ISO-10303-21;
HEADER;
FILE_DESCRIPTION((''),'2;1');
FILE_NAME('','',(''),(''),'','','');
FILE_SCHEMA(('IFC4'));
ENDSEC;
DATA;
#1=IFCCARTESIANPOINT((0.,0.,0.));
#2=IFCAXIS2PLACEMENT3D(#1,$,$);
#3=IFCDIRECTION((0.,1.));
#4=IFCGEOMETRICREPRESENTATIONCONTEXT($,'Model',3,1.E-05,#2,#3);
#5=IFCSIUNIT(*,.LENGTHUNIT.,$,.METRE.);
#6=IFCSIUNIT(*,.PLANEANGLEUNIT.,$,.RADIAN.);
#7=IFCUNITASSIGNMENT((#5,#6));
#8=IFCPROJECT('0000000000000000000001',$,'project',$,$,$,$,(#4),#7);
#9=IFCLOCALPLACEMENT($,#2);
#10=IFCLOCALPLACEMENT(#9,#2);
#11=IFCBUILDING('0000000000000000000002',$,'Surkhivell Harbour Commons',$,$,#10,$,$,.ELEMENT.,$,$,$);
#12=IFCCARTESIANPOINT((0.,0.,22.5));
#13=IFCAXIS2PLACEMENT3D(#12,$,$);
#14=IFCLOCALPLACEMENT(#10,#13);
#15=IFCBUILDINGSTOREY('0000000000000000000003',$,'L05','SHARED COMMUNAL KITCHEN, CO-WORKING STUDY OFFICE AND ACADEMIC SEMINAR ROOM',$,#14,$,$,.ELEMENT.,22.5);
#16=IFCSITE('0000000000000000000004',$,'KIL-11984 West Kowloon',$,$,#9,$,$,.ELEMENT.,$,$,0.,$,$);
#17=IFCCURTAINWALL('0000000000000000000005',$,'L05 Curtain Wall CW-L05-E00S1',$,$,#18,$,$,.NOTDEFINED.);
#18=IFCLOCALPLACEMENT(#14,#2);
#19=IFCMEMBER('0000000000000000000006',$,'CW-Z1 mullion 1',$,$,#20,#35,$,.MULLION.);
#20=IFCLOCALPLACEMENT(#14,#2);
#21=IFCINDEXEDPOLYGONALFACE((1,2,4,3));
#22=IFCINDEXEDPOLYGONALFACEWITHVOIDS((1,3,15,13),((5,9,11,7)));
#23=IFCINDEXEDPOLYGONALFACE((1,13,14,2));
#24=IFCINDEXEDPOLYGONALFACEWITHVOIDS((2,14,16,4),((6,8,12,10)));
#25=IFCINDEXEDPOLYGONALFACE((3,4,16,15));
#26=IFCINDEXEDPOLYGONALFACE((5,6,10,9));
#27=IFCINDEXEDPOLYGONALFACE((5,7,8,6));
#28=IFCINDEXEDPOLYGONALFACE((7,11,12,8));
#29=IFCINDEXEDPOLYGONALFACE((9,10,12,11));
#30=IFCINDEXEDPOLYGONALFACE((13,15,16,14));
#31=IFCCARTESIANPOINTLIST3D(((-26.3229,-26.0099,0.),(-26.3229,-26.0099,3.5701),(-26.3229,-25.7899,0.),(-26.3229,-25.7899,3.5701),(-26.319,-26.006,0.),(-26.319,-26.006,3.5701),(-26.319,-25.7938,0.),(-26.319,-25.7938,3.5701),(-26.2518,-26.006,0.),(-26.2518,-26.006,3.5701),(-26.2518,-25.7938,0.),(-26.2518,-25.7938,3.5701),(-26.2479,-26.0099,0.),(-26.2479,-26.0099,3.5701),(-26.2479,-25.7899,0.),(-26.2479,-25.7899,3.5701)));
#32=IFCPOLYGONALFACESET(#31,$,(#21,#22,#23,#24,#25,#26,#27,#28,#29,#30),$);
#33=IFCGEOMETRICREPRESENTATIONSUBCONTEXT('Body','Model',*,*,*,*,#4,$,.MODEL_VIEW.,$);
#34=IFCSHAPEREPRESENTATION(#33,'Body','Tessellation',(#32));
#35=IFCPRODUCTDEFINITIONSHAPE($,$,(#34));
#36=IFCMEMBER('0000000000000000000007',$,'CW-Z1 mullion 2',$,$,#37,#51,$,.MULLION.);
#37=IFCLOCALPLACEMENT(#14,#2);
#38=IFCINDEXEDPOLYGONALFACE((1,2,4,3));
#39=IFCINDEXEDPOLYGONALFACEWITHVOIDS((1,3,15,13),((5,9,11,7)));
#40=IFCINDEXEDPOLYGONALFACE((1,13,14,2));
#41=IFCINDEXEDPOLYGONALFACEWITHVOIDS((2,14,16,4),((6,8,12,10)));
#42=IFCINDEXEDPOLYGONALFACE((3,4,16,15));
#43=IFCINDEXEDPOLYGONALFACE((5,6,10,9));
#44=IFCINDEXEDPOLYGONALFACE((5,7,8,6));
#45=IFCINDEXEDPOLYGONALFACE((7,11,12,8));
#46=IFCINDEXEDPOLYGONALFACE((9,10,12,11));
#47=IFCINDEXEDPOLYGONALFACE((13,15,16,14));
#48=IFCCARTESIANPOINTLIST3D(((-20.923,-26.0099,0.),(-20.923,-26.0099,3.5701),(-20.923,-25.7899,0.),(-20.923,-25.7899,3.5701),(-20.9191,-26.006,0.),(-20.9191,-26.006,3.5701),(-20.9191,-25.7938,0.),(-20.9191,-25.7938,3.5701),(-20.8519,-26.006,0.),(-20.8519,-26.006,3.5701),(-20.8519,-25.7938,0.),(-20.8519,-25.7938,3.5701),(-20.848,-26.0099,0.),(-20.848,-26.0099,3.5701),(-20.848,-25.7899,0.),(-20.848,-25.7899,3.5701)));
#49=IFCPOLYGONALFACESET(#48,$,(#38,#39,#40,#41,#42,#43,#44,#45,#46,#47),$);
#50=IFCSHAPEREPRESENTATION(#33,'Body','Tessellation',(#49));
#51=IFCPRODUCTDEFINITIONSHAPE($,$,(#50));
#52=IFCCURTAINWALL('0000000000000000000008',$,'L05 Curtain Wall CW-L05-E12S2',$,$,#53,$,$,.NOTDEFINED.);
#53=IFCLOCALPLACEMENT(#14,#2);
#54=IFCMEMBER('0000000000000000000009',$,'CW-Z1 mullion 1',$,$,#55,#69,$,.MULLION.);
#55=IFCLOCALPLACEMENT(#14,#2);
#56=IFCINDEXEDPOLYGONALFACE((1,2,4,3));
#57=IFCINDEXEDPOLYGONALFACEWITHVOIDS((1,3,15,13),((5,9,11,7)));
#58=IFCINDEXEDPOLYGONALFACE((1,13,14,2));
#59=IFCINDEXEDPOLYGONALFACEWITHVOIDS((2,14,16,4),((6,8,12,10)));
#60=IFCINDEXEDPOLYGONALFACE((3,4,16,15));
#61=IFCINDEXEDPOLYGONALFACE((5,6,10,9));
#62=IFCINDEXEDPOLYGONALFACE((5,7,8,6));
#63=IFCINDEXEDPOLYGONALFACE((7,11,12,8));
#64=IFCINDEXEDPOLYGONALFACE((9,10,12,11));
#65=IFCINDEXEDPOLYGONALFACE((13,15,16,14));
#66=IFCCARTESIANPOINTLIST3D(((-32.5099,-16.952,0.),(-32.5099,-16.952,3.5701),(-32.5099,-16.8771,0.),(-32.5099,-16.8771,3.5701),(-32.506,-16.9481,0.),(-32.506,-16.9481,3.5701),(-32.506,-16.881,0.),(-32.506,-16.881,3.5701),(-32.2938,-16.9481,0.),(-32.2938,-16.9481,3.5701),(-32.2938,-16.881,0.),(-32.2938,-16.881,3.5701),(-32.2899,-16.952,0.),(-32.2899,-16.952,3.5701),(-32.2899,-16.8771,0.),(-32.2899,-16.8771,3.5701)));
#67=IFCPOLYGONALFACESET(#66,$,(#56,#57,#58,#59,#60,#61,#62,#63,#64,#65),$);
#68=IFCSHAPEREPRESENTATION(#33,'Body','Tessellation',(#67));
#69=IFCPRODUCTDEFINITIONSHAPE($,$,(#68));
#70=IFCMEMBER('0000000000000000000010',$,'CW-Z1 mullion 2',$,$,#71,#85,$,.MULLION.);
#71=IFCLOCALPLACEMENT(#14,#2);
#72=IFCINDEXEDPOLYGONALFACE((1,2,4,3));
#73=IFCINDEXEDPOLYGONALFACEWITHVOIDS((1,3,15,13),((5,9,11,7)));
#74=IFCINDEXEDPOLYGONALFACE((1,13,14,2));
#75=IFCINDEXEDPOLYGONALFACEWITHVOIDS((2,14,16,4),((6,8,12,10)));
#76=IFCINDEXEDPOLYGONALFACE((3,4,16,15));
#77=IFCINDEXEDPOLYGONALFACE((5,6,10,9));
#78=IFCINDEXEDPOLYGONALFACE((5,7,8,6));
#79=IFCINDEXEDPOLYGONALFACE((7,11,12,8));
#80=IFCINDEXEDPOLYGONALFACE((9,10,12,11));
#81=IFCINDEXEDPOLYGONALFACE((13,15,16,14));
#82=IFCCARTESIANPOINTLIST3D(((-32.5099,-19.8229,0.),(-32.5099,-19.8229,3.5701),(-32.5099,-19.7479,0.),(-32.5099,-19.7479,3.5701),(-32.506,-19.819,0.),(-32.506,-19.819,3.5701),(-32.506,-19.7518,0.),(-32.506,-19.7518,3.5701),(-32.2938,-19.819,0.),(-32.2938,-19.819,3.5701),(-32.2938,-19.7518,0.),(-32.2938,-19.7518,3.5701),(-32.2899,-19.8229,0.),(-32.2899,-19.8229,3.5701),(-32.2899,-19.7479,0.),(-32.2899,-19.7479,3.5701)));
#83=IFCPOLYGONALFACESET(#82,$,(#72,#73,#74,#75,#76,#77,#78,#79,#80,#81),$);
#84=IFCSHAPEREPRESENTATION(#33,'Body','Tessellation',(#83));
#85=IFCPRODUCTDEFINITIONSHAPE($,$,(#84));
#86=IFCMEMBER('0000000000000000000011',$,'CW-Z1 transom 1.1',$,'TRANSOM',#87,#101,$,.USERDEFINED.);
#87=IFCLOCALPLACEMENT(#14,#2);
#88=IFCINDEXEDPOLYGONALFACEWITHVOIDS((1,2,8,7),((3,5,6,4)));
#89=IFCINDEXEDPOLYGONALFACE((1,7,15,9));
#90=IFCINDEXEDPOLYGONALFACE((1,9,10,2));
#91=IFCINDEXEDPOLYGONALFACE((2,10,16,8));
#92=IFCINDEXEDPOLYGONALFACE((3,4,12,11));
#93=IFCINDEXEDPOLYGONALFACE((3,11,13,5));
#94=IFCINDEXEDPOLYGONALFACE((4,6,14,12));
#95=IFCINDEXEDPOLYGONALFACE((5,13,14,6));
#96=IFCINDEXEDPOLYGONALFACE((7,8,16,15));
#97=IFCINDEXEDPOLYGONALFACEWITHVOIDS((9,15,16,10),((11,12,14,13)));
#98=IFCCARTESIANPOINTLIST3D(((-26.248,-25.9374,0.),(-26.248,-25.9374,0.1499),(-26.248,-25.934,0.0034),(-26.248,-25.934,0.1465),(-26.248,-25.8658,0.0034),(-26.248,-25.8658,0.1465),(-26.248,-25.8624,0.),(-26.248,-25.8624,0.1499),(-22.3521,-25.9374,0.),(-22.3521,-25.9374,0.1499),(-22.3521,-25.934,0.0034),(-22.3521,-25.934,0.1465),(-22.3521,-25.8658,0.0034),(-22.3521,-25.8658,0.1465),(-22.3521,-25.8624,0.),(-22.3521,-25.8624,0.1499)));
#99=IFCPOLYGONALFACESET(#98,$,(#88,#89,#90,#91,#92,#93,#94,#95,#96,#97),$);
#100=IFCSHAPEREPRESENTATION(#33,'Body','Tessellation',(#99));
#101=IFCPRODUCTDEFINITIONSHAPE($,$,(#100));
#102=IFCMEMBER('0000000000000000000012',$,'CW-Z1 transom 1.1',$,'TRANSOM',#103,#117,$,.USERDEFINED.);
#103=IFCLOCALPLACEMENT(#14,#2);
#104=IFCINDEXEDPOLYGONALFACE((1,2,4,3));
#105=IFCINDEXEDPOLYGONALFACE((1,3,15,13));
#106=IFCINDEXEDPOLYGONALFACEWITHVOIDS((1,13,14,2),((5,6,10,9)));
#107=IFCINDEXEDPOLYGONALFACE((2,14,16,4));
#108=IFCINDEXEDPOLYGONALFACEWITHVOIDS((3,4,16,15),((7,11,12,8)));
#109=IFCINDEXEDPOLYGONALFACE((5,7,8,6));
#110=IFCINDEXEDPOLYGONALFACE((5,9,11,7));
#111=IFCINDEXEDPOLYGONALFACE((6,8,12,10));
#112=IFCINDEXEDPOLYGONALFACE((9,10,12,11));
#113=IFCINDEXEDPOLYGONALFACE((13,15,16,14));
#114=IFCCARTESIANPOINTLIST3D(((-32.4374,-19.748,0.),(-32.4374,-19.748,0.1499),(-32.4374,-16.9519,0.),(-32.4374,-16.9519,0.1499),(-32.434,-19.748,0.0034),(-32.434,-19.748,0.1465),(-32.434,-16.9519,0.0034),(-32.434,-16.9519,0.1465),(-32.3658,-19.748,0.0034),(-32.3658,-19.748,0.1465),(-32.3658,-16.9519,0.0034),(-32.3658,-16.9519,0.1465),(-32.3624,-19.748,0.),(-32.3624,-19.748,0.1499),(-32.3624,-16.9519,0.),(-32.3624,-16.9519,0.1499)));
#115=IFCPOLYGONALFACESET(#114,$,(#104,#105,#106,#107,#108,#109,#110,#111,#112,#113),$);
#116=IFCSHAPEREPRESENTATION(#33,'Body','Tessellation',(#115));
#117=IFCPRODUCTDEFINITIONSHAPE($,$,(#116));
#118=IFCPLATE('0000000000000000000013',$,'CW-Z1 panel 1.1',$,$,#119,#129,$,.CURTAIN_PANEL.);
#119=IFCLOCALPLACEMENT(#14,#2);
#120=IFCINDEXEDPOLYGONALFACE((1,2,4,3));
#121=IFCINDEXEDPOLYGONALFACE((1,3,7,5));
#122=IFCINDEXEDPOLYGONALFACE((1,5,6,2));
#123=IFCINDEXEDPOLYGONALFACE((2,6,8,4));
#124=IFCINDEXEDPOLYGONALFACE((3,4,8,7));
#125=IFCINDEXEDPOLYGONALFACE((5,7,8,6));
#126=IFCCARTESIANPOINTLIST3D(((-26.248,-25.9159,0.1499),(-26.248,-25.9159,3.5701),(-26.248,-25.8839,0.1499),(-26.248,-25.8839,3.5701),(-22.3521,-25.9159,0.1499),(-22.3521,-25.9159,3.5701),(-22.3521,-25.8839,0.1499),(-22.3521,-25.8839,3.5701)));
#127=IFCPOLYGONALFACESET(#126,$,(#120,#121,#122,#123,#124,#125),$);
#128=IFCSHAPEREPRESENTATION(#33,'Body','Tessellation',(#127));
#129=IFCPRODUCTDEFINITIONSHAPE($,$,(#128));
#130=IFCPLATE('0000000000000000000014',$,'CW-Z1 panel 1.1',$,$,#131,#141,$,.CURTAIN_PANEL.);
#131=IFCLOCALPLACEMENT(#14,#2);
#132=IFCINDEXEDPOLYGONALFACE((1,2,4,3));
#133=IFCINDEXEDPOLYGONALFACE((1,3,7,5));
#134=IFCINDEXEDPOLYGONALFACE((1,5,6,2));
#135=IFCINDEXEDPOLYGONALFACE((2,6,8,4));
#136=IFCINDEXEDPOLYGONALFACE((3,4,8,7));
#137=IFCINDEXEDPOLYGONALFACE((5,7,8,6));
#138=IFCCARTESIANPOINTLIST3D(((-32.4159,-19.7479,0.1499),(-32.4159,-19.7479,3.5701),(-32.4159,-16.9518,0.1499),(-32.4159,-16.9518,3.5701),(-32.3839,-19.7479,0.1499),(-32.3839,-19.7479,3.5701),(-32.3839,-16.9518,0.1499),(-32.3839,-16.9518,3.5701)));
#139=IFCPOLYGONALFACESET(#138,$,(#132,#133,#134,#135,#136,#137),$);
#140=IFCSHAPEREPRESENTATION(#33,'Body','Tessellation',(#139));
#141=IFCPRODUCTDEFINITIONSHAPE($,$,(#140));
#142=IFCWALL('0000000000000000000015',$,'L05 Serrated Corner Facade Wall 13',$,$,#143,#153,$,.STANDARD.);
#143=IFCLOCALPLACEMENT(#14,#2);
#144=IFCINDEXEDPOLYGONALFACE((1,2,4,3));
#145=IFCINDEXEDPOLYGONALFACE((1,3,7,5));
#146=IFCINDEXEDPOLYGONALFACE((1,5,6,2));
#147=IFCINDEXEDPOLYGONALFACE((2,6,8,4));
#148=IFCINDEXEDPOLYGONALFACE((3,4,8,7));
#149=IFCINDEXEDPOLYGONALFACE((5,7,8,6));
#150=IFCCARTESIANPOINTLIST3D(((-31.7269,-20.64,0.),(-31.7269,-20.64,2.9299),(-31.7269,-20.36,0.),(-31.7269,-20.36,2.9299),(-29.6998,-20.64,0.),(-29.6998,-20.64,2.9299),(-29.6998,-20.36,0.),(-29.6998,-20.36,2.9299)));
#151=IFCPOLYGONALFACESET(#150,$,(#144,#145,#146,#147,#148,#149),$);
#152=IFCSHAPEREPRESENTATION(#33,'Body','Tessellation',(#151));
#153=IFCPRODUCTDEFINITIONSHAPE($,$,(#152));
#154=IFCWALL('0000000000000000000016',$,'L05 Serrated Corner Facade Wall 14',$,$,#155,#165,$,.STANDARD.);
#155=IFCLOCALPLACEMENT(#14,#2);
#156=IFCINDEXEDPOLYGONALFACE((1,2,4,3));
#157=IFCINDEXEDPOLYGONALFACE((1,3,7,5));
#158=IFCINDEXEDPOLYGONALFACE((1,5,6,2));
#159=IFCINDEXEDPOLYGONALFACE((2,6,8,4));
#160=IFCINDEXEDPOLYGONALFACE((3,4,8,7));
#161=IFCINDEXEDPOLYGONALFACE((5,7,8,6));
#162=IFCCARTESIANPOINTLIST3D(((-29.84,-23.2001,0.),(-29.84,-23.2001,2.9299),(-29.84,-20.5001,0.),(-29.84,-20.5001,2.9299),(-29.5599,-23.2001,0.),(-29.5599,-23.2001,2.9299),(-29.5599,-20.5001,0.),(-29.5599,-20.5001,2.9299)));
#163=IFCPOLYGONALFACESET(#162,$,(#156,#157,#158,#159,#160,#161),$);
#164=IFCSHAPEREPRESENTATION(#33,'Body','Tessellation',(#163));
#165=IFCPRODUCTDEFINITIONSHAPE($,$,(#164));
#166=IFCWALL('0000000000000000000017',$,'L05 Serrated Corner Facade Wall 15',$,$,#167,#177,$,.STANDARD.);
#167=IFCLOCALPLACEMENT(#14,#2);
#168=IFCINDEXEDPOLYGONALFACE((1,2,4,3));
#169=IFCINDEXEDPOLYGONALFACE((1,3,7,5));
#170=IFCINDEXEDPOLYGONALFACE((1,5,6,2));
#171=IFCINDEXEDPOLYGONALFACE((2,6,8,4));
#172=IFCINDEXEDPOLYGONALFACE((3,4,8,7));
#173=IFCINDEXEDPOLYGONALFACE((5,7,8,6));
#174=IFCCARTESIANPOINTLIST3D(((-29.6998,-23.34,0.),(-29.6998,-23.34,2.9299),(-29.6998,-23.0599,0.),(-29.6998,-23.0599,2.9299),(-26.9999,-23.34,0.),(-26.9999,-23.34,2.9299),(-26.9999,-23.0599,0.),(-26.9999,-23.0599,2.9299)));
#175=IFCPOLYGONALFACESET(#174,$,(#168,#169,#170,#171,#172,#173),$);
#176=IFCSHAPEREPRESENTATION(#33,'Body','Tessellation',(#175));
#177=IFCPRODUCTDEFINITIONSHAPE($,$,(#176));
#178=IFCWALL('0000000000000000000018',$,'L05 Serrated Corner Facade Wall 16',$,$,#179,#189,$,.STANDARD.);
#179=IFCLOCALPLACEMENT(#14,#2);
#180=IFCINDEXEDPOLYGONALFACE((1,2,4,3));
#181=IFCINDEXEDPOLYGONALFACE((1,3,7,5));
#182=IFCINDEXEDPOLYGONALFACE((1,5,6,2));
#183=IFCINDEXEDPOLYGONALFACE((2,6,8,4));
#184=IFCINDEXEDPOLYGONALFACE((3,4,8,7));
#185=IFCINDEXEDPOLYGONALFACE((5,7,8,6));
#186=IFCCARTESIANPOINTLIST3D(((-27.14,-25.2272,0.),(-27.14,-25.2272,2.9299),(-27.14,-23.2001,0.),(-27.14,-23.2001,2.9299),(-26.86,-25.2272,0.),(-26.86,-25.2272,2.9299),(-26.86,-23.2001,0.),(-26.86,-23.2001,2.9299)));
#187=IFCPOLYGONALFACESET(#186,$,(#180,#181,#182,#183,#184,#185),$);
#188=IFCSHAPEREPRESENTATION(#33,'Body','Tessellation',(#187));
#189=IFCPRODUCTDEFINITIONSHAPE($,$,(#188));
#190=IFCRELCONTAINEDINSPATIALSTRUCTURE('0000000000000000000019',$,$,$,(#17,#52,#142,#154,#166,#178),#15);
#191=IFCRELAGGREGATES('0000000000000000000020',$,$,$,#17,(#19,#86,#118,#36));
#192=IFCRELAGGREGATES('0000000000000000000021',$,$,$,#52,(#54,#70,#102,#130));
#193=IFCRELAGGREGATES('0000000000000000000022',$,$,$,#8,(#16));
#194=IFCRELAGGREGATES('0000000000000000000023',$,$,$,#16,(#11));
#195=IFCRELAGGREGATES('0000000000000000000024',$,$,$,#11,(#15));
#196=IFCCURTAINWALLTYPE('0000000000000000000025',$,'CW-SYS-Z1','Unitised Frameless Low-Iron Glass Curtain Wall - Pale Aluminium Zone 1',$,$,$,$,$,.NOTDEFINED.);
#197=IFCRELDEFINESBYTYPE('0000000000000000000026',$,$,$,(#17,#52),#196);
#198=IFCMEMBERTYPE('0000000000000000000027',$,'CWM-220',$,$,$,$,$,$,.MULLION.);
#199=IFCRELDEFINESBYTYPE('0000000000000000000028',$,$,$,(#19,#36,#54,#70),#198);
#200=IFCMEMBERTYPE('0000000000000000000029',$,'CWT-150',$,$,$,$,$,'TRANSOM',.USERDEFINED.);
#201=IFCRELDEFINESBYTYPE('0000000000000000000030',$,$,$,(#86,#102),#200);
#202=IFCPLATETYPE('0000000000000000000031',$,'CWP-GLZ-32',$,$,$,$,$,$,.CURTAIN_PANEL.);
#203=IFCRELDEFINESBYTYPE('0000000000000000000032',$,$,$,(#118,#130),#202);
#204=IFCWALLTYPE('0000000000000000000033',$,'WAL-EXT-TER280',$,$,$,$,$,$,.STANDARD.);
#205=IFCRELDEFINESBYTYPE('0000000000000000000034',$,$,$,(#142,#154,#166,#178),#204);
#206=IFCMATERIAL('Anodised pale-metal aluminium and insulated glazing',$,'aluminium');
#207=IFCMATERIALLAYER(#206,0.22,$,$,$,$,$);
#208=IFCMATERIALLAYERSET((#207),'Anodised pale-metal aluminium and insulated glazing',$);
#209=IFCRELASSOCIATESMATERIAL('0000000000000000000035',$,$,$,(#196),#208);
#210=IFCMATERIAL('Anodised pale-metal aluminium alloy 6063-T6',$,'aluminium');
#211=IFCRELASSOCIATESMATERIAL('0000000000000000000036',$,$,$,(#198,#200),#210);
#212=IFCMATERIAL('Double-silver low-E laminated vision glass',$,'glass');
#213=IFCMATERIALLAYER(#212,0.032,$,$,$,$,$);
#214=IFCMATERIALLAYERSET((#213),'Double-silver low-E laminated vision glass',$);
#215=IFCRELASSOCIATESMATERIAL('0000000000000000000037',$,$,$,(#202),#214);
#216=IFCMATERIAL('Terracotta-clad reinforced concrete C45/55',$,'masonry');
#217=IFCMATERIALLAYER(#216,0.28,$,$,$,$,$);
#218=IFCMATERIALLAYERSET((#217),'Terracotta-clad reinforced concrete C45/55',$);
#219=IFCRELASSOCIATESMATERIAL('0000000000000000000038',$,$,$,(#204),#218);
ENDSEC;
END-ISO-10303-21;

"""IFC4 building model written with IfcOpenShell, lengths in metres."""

from ifc_helpers import new_model, si_unit, direction, frame, frame_2d, origin, origin_2d, place, context, subcontext, project, spatial, rectangle, hollow_rectangle, extrude, material, layer, layer_set, material_profile, profile_set, type_object, element, aggregate, save


model = new_model("IFC4")

# Units and contexts
model_context = context("Model", 3, precision=1e-05, world=origin(), true_north=direction((0.0, 1.0)))
body_context = subcontext(model_context, "Body", "Model", "MODEL_VIEW")
ifc_project = project(units=[si_unit("LENGTHUNIT", "METRE"), si_unit("PLANEANGLEUNIT", "RADIAN")], contexts=[model_context])

# Site, building, storey
site_placement = place(None, origin())
site = spatial("IfcSite", under=ifc_project, at=site_placement, Name="KIL-11984 West Kowloon", CompositionType="ELEMENT", RefElevation=0.0)
building_placement = place(site_placement, origin())
building = spatial("IfcBuilding", under=site, at=building_placement, Name="Surkhivell Harbour Commons", CompositionType="ELEMENT")
storey_placement = place(building_placement, frame((0.0, 0.0, 22.5)))
storey = spatial("IfcBuildingStorey", under=building, at=storey_placement, Name="L05", Description="SHARED COMMUNAL KITCHEN, CO-WORKING STUDY OFFICE AND ACADEMIC SEMINAR ROOM", CompositionType="ELEMENT", Elevation=22.5)

# Curtain walls, members
ifc_material_1 = material(Name="Anodised pale-metal aluminium and insulated glazing", Category="aluminium")
ifc_layer_1 = layer(ifc_material_1, 0.22)
ifc_layer_set_1 = layer_set([ifc_layer_1], Name="Anodised pale-metal aluminium and insulated glazing")
curtain_wall_type = type_object("IfcCurtainWallType", Name="CW-SYS-Z1", Description="Unitised Frameless Low-Iron Glass Curtain Wall - Pale Aluminium Zone 1", PredefinedType="NOTDEFINED", material=ifc_layer_set_1)
curtain_wall_1_placement = place(storey_placement, origin())
curtain_wall_1 = element("IfcCurtainWall", 1, at=curtain_wall_1_placement, inside=storey, type_object=curtain_wall_type, Name="L05 Curtain Wall CW-L05-E00S1", PredefinedType="NOTDEFINED")
ifc_material_2 = material(Name="Anodised pale-metal aluminium alloy 6063-T6", Category="aluminium")
ifc_material_profile_1 = material_profile(ifc_material_2, hollow_rectangle(XDim=0.075, YDim=0.22, WallThickness=0.0039, at=origin_2d()), Name="ALU-MULL-75x220")
ifc_profile_set_1 = profile_set([ifc_material_profile_1], Name="Anodised pale-metal aluminium alloy 6063-T6")
member_type_1 = type_object("IfcMemberType", Name="CWM-220", PredefinedType="MULLION", material=ifc_profile_set_1)
member_1_placement = place(storey_placement, frame((-26.2854, -25.8999, 0.0), z_axis=(0.0, 0.0, 1.0), x_axis=(1.0, 0.0, 0.0)))
member_1 = element("IfcMember", 2, at=member_1_placement, type_object=member_type_1, Name="CW-Z1 mullion 1", PredefinedType="MULLION", context=body_context, shape_type="SweptSolid", body=[
    extrude(hollow_rectangle(XDim=0.075, YDim=0.22, WallThickness=0.0039, at=origin_2d()), origin(), (0.0, 0.0, 1.0), 3.5701),
])
member_2_placement = place(storey_placement, frame((-20.8855, -25.8999, 0.0), z_axis=(0.0, 0.0, 1.0), x_axis=(1.0, 0.0, 0.0)))
member_2 = element("IfcMember", 3, at=member_2_placement, type_object=member_type_1, Name="CW-Z1 mullion 2", PredefinedType="MULLION", context=body_context, shape_type="SweptSolid", body=[
    extrude(hollow_rectangle(XDim=0.075, YDim=0.22, WallThickness=0.0039, at=origin_2d()), origin(), (0.0, 0.0, 1.0), 3.5701),
])
curtain_wall_2_placement = place(storey_placement, origin())
curtain_wall_2 = element("IfcCurtainWall", 4, at=curtain_wall_2_placement, inside=storey, type_object=curtain_wall_type, Name="L05 Curtain Wall CW-L05-E12S2", PredefinedType="NOTDEFINED")
member_3_placement = place(storey_placement, frame((-32.3999, -16.9146, 0.0), z_axis=(0.0, 0.0, 1.0), x_axis=(0.0, -1.0, 0.0)))
member_3 = element("IfcMember", 5, at=member_3_placement, type_object=member_type_1, Name="CW-Z1 mullion 1", PredefinedType="MULLION", context=body_context, shape_type="SweptSolid", body=[
    extrude(hollow_rectangle(XDim=0.075, YDim=0.22, WallThickness=0.0039, at=origin_2d()), origin(), (0.0, 0.0, 1.0), 3.5701),
])
member_4_placement = place(storey_placement, frame((-32.3999, -19.7854, 0.0), z_axis=(0.0, 0.0, 1.0), x_axis=(0.0, -1.0, 0.0)))
member_4 = element("IfcMember", 6, at=member_4_placement, type_object=member_type_1, Name="CW-Z1 mullion 2", PredefinedType="MULLION", context=body_context, shape_type="SweptSolid", body=[
    extrude(hollow_rectangle(XDim=0.075, YDim=0.22, WallThickness=0.0039, at=origin_2d()), origin(), (0.0, 0.0, 1.0), 3.5701),
])

# Members
ifc_material_profile_2 = material_profile(ifc_material_2, hollow_rectangle(XDim=0.075, YDim=0.1499, WallThickness=0.0034, at=origin_2d()), Name="ALU-TRAN-75x150")
ifc_profile_set_2 = profile_set([ifc_material_profile_2], Name="Anodised pale-metal aluminium alloy 6063-T6")
member_type_2 = type_object("IfcMemberType", Name="CWT-150", ElementType="TRANSOM", PredefinedType="USERDEFINED", material=ifc_profile_set_2)
member_5_placement = place(storey_placement, frame((-26.248, -25.8999, 0.075), z_axis=(1.0, 0.0, 0.0), x_axis=(0.0, 1.0, 0.0)))
member_5 = element("IfcMember", 7, at=member_5_placement, type_object=member_type_2, Name="CW-Z1 transom 1.1", ObjectType="TRANSOM", PredefinedType="USERDEFINED", context=body_context, shape_type="SweptSolid", body=[
    extrude(hollow_rectangle(XDim=0.075, YDim=0.1499, WallThickness=0.0034, at=origin_2d()), origin(), (0.0, 0.0, 1.0), 3.896),
])
member_6_placement = place(storey_placement, frame((-32.3999, -16.9519, 0.075), z_axis=(0.0, -1.0, 0.0), x_axis=(1.0, 0.0, 0.0)))
member_6 = element("IfcMember", 8, at=member_6_placement, type_object=member_type_2, Name="CW-Z1 transom 1.1", ObjectType="TRANSOM", PredefinedType="USERDEFINED", context=body_context, shape_type="SweptSolid", body=[
    extrude(hollow_rectangle(XDim=0.075, YDim=0.1499, WallThickness=0.0034, at=origin_2d()), origin(), (0.0, 0.0, 1.0), 2.7961),
])

# Plates
ifc_material_3 = material(Name="Double-silver low-E laminated vision glass", Category="glass")
ifc_layer_2 = layer(ifc_material_3, 0.032)
ifc_layer_set_2 = layer_set([ifc_layer_2], Name="Double-silver low-E laminated vision glass")
plate_type = type_object("IfcPlateType", Name="CWP-GLZ-32", PredefinedType="CURTAIN_PANEL", material=ifc_layer_set_2)
plate_1_placement = place(storey_placement, frame((-26.248, -25.8999, 0.1499), z_axis=(0.0, 0.0, 1.0), x_axis=(1.0, 0.0, 0.0)))
plate_1 = element("IfcPlate", 9, at=plate_1_placement, type_object=plate_type, Name="CW-Z1 panel 1.1", PredefinedType="CURTAIN_PANEL", context=body_context, shape_type="SweptSolid", body=[
    extrude(rectangle(XDim=3.896, YDim=0.032, at=frame_2d((1.948, 0.0))), origin(), (0.0, 0.0, 1.0), 3.4202),
])
aggregate(curtain_wall_1, [member_1, member_5, plate_1, member_2])
plate_2_placement = place(storey_placement, frame((-32.3999, -16.9519, 0.1499), z_axis=(0.0, 0.0, 1.0), x_axis=(0.0, -1.0, 0.0)))
plate_2 = element("IfcPlate", 10, at=plate_2_placement, type_object=plate_type, Name="CW-Z1 panel 1.1", PredefinedType="CURTAIN_PANEL", context=body_context, shape_type="SweptSolid", body=[
    extrude(rectangle(XDim=2.7961, YDim=0.032, at=frame_2d((1.3979, 0.0))), origin(), (0.0, 0.0, 1.0), 3.4202),
])
aggregate(curtain_wall_2, [member_3, member_4, member_6, plate_2])

# Walls
ifc_material_4 = material(Name="Terracotta-clad reinforced concrete C45/55", Category="masonry")
ifc_layer_3 = layer(ifc_material_4, 0.28)
ifc_layer_set_3 = layer_set([ifc_layer_3], Name="Terracotta-clad reinforced concrete C45/55")
wall_type = type_object("IfcWallType", Name="WAL-EXT-TER280", PredefinedType="STANDARD", material=ifc_layer_set_3)
wall_1_placement = place(storey_placement, frame((-31.7271, -20.5, 0.0), z_axis=(0.0, 0.0, 1.0), x_axis=(1.0, 0.0, 0.0)))
element("IfcWall", 11, at=wall_1_placement, inside=storey, type_object=wall_type, Name="L05 Serrated Corner Facade Wall 13", PredefinedType="STANDARD", context=body_context, shape_type="SweptSolid", body=[
    extrude(rectangle(XDim=2.0271, YDim=0.28, at=frame_2d((1.0137, 0.0))), origin(), (0.0, 0.0, 1.0), 2.9299),
])
for number, where, z_axis, x_axis, name in (
    (12, (-29.7, -20.5, 0.0), (0.0, 0.0, 1.0), (0.0, -1.0, 0.0), "L05 Serrated Corner Facade Wall 14"),
    (13, (-29.7, -23.2, 0.0), (0.0, 0.0, 1.0), (1.0, 0.0, 0.0), "L05 Serrated Corner Facade Wall 15"),
):
    element("IfcWall", number, at=place(storey_placement, frame(where, z_axis=z_axis, x_axis=x_axis)), inside=storey, type_object=wall_type, Name=name, PredefinedType="STANDARD", context=body_context, shape_type="SweptSolid", body=[
        extrude(rectangle(XDim=2.7, YDim=0.28, at=frame_2d((1.3501, 0.0))), origin(), (0.0, 0.0, 1.0), 2.9299),
    ])
wall_2_placement = place(storey_placement, frame((-27.0, -23.2, 0.0), z_axis=(0.0, 0.0, 1.0), x_axis=(0.0, -1.0, 0.0)))
element("IfcWall", 14, at=wall_2_placement, inside=storey, type_object=wall_type, Name="L05 Serrated Corner Facade Wall 16", PredefinedType="STANDARD", context=body_context, shape_type="SweptSolid", body=[
    extrude(rectangle(XDim=2.0271, YDim=0.28, at=frame_2d((1.0137, 0.0))), origin(), (0.0, 0.0, 1.0), 2.9299),
])

save(model, "model.ifc")
